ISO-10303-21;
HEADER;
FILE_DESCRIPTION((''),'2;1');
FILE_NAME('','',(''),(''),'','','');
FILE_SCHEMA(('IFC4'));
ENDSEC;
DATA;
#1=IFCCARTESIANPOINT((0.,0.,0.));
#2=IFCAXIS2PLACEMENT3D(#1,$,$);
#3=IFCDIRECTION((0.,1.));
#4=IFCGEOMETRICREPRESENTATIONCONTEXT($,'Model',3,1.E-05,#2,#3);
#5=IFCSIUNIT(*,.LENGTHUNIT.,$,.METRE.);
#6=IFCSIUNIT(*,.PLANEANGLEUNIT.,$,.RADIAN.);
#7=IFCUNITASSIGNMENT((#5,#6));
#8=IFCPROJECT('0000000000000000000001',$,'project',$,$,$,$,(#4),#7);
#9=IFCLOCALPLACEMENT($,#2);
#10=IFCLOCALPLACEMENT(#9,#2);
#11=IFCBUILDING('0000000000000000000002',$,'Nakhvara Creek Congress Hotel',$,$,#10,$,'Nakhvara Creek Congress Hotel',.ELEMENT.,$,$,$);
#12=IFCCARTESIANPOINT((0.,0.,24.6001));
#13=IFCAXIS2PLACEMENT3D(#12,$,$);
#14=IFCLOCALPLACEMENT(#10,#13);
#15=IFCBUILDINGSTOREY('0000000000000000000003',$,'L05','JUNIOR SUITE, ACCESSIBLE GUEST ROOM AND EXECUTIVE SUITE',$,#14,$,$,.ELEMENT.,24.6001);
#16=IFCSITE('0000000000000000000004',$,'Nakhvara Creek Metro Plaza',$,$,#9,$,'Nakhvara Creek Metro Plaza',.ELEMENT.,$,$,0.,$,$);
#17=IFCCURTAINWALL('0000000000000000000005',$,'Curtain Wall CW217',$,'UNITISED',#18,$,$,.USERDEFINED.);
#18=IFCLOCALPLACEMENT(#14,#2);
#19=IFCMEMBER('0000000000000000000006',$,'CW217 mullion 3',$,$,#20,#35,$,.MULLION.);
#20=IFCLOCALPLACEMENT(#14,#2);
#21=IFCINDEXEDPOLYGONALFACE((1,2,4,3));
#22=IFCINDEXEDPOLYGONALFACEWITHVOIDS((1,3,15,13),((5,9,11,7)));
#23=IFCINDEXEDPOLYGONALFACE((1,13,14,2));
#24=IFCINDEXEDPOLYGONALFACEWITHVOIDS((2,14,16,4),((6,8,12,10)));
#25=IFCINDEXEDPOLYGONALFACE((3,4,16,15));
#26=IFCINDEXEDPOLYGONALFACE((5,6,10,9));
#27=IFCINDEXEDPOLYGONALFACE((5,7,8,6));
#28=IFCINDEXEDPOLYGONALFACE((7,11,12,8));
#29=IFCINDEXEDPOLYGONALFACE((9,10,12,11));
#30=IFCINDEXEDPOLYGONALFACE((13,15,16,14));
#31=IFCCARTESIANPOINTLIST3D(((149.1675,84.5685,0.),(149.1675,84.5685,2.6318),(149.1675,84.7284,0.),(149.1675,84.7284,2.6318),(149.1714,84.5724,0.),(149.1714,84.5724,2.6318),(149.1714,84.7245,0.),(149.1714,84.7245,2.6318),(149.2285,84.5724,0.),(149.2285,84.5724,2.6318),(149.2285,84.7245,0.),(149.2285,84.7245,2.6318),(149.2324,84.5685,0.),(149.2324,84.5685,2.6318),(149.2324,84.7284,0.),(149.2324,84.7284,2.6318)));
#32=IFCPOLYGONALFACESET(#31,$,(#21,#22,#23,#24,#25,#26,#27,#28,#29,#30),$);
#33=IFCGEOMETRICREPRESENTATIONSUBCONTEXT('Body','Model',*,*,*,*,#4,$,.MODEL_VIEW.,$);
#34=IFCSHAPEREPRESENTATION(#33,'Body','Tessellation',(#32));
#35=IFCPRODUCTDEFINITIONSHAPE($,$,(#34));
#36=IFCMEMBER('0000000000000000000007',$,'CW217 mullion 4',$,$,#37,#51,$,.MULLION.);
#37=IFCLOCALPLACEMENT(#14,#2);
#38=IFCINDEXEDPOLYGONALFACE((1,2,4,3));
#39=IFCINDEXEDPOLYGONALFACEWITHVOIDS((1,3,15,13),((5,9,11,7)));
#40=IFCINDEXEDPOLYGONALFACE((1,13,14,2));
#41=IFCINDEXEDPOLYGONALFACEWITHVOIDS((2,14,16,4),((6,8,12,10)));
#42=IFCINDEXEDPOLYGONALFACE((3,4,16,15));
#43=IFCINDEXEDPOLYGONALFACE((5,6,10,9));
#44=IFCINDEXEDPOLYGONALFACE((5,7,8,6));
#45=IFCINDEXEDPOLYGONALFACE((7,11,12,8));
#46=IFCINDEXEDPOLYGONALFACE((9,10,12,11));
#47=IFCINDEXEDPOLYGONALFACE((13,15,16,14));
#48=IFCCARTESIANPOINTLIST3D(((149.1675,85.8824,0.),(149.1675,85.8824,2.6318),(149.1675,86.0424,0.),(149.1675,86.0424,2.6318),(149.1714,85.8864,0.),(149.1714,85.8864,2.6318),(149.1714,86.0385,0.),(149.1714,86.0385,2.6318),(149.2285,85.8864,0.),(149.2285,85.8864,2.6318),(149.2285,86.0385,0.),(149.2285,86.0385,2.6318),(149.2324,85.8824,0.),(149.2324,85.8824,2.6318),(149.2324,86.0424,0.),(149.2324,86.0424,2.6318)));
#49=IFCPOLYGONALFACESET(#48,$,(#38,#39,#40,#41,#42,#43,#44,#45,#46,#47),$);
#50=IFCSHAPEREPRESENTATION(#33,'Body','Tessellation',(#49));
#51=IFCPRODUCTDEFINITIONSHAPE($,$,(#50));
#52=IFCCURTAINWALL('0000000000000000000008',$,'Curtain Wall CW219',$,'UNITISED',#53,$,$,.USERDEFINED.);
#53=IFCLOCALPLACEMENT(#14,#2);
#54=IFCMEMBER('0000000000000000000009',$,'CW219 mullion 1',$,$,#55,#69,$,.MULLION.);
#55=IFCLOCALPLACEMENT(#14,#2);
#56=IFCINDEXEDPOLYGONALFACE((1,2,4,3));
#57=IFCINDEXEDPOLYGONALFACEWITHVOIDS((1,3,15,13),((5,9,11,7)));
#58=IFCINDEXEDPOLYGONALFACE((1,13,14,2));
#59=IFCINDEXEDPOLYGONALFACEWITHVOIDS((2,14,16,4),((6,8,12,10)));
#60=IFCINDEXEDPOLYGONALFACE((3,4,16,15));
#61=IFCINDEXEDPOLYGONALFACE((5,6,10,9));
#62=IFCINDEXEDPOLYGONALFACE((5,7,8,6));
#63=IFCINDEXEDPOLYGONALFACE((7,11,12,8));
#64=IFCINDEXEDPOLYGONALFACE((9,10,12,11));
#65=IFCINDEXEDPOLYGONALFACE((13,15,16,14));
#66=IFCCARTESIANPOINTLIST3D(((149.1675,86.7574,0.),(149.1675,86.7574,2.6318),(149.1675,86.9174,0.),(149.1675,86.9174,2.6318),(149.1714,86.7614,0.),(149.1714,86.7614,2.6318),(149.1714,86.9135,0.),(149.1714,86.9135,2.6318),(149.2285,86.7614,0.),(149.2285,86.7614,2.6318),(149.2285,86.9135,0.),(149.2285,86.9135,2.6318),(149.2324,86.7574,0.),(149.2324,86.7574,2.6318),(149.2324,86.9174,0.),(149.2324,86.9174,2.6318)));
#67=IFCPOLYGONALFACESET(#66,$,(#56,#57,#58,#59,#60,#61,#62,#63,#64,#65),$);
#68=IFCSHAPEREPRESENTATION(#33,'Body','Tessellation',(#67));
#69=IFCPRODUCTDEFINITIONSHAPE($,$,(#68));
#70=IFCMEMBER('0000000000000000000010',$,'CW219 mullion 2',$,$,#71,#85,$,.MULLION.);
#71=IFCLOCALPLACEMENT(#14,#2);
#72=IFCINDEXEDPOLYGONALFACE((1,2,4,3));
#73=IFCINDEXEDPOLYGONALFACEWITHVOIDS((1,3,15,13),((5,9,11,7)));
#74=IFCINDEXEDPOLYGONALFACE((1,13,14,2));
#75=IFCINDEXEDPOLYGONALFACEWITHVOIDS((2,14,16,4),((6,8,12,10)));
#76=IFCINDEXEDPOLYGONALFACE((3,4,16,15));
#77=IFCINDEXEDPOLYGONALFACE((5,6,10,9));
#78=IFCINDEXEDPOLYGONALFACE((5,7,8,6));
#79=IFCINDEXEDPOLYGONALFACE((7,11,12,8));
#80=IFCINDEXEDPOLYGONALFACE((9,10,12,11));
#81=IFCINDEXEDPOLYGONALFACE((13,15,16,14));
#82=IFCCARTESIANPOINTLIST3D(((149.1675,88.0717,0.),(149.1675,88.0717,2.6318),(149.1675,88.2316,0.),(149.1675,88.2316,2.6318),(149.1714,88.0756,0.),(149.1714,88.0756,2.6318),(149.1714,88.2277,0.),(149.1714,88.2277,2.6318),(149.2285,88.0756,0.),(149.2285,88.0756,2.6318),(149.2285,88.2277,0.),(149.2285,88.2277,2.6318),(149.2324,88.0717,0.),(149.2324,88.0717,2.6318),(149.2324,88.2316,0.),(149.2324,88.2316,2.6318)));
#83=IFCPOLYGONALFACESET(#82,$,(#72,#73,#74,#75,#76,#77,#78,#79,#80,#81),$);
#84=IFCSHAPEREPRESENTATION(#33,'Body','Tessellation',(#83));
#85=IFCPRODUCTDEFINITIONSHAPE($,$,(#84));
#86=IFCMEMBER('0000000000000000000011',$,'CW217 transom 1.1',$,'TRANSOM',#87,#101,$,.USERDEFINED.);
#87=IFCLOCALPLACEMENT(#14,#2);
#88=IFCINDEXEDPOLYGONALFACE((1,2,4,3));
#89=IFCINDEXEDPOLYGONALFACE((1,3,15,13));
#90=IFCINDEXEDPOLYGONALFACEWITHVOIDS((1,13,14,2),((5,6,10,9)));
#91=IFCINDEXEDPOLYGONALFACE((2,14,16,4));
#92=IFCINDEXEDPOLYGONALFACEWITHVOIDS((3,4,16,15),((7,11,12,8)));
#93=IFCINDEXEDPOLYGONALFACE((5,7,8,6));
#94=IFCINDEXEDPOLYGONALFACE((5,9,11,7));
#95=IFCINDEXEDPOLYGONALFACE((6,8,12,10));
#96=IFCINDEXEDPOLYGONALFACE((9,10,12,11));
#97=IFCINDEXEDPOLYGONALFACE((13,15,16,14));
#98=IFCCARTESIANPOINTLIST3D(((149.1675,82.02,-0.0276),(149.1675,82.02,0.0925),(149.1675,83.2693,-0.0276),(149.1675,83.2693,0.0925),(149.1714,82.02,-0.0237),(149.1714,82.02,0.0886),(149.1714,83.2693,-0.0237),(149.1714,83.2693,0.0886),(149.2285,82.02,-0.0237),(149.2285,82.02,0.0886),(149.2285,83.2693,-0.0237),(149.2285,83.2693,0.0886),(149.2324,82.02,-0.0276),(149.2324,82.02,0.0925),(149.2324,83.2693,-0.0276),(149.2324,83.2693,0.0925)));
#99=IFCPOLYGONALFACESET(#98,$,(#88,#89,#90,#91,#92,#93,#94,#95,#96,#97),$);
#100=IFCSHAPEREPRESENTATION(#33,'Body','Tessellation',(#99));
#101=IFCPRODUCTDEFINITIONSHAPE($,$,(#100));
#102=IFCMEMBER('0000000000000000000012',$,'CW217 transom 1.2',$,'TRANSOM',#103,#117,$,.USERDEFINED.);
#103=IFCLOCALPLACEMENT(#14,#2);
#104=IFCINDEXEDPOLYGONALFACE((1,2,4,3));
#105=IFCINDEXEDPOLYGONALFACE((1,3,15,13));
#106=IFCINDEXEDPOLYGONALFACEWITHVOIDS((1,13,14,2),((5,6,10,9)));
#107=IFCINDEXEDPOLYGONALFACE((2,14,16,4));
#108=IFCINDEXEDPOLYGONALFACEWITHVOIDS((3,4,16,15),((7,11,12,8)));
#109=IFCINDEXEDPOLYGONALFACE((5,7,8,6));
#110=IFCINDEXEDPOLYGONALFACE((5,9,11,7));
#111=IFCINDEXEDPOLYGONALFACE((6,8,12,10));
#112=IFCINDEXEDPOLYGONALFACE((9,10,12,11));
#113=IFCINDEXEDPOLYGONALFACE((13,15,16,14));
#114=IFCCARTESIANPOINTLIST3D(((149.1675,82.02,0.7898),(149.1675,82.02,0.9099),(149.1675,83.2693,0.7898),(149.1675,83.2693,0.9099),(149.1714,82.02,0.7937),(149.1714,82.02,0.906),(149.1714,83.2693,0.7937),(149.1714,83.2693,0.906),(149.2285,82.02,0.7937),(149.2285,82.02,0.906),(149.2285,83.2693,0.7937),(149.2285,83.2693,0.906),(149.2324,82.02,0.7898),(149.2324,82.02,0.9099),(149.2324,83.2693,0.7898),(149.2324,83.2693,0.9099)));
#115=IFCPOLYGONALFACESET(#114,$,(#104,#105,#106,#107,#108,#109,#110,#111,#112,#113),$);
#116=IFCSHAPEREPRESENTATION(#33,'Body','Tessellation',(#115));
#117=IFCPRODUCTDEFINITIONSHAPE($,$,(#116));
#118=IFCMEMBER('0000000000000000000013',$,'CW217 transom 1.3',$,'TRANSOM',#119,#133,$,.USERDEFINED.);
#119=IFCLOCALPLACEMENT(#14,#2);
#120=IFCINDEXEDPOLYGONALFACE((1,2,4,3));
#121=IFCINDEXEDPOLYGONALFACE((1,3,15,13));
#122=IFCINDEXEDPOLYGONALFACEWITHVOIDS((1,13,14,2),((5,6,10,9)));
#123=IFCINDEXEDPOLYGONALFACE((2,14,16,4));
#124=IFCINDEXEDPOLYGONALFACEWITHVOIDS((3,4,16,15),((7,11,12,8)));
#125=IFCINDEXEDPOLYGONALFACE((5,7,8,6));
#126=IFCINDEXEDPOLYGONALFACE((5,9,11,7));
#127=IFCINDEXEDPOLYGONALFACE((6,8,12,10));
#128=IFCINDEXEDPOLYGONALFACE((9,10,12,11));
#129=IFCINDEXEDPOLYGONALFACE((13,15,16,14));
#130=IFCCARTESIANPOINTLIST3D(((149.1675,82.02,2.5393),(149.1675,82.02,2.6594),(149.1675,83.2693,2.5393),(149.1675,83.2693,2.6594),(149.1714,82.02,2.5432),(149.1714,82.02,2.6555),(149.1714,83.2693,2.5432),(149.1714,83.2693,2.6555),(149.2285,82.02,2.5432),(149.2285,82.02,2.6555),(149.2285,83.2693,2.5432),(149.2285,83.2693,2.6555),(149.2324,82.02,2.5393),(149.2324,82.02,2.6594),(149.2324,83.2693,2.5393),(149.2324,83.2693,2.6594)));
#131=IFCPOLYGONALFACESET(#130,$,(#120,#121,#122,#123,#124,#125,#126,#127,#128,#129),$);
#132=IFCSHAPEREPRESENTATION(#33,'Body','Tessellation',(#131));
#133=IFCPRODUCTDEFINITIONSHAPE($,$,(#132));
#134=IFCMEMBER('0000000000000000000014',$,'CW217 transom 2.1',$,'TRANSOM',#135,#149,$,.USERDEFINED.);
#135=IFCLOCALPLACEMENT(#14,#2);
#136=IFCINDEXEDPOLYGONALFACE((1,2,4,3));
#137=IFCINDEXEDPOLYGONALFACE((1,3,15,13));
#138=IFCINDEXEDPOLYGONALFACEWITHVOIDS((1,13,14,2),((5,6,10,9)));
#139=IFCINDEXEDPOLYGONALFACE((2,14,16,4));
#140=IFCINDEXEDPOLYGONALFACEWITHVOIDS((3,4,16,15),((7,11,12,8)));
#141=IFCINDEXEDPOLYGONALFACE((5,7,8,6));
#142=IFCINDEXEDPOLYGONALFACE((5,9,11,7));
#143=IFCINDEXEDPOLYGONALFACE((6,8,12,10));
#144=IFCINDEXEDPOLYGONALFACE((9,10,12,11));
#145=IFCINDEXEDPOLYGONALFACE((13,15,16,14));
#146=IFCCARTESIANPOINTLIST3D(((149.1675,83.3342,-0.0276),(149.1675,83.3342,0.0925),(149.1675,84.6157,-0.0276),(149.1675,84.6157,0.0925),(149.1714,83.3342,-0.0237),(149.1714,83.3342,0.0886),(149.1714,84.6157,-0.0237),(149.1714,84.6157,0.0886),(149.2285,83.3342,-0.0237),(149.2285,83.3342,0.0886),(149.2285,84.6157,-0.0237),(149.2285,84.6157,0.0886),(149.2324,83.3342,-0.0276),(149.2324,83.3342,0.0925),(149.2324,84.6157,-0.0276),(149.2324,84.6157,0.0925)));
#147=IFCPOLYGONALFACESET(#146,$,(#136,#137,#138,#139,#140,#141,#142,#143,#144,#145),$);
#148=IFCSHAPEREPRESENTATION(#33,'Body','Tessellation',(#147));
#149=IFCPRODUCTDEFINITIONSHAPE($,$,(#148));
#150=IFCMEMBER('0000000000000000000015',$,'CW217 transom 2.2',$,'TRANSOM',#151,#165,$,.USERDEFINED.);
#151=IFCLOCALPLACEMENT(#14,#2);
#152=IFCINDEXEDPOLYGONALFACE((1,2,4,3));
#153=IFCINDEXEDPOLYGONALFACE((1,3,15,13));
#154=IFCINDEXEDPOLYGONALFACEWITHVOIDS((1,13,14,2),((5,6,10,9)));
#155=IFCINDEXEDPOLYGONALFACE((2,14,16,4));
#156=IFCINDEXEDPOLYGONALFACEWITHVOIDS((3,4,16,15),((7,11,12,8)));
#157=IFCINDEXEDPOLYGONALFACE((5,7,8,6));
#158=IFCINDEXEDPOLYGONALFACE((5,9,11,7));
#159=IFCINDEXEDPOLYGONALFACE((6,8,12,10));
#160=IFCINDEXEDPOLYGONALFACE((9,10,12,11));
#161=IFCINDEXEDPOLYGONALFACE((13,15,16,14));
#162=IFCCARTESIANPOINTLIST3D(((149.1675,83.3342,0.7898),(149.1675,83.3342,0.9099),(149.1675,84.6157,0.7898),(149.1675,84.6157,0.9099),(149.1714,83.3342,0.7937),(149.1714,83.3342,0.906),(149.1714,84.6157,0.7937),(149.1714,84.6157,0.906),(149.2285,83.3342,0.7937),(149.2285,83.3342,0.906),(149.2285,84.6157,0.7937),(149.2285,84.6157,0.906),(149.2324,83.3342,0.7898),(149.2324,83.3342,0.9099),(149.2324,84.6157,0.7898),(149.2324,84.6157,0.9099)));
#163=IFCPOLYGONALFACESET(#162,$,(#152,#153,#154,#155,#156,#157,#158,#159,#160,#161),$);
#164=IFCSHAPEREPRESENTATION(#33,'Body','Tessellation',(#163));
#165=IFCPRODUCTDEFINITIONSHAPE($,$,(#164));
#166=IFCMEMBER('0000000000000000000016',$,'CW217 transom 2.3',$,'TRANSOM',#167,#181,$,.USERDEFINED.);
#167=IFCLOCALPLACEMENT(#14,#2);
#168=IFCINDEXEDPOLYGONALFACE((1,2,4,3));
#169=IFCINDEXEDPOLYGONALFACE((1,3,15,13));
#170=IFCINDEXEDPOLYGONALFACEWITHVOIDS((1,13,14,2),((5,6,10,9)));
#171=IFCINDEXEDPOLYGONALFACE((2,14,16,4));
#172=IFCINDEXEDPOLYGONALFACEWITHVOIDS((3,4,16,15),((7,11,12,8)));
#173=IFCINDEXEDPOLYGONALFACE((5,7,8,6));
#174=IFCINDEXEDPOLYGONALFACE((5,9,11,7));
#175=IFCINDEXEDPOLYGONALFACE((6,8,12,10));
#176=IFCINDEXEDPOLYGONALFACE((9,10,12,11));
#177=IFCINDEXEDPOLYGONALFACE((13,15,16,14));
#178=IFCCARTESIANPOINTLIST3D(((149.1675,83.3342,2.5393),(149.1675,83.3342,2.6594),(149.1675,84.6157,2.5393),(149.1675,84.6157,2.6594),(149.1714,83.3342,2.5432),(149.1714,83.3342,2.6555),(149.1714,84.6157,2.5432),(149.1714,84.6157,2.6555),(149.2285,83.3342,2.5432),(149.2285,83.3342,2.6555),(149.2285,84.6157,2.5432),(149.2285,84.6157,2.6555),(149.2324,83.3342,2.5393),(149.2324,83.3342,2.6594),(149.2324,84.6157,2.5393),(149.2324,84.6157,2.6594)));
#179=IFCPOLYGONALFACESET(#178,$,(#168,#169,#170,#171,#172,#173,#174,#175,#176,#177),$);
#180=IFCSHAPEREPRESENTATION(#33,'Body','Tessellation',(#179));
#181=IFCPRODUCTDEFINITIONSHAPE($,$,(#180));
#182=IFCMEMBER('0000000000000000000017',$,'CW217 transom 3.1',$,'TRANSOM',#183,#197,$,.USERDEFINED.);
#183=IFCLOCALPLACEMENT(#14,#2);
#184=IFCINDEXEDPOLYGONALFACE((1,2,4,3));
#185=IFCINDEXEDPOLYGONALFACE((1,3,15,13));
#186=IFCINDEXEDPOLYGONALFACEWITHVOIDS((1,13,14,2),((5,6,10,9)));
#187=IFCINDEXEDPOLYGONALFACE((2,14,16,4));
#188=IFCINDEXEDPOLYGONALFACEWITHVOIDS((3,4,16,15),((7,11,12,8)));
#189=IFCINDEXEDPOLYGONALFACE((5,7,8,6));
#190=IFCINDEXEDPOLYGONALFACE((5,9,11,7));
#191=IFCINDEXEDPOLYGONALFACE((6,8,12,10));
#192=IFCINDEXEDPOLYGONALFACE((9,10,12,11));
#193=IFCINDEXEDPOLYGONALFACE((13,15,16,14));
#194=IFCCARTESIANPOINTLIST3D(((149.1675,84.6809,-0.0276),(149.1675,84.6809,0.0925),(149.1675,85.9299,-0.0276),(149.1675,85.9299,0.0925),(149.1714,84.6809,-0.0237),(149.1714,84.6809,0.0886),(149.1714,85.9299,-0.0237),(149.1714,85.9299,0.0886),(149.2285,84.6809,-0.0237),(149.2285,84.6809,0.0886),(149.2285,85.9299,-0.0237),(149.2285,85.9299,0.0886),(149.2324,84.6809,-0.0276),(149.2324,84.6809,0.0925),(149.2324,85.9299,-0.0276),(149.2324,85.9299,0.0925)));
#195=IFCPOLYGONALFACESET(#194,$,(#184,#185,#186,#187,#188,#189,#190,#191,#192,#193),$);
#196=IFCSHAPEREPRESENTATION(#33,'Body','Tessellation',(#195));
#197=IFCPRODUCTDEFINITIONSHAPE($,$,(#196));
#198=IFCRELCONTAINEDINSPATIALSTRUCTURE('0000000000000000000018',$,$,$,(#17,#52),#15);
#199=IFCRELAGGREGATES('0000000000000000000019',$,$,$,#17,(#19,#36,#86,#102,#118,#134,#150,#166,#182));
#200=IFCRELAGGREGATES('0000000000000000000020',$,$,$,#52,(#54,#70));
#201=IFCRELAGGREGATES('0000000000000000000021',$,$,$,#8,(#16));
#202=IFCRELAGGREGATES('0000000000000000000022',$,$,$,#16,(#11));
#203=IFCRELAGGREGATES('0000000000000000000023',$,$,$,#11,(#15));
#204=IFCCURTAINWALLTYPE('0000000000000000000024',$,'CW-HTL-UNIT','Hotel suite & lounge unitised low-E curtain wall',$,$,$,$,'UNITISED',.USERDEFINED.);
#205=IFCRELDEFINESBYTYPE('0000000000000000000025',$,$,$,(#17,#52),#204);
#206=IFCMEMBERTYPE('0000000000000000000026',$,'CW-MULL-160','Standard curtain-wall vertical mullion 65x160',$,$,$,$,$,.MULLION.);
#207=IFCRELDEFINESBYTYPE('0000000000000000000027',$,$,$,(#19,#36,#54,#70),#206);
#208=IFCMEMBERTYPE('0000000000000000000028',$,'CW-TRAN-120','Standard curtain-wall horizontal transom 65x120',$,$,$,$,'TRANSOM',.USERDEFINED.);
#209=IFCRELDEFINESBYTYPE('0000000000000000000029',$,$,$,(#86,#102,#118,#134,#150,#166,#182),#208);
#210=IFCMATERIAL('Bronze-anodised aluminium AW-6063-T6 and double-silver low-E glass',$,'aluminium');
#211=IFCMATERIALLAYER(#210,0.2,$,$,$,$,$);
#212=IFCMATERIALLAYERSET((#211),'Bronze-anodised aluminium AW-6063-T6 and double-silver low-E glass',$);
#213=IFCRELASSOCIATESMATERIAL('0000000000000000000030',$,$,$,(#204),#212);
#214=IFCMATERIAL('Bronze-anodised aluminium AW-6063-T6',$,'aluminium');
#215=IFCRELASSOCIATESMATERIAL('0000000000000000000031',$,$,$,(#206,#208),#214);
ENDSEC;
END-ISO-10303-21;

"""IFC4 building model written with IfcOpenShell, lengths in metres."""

from ifc_helpers import new_model, si_unit, direction, frame, origin, origin_2d, place, context, subcontext, project, spatial, hollow_rectangle, extrude, material, layer, layer_set, material_profile, profile_set, type_object, element, aggregate, save


model = new_model("IFC4")

# Units and contexts
model_context = context("Model", 3, precision=1e-05, world=origin(), true_north=direction((0.0, 1.0)))
body_context = subcontext(model_context, "Body", "Model", "MODEL_VIEW")
ifc_project = project(units=[si_unit("LENGTHUNIT", "METRE"), si_unit("PLANEANGLEUNIT", "RADIAN")], contexts=[model_context])

# Site, building, storey
site_placement = place(None, origin())
site = spatial("IfcSite", under=ifc_project, at=site_placement, Name="Nakhvara Creek Metro Plaza", LongName="Nakhvara Creek Metro Plaza", CompositionType="ELEMENT", RefElevation=0.0)
building_placement = place(site_placement, origin())
building = spatial("IfcBuilding", under=site, at=building_placement, Name="Nakhvara Creek Congress Hotel", LongName="Nakhvara Creek Congress Hotel", CompositionType="ELEMENT")
storey_placement = place(building_placement, frame((0.0, 0.0, 24.6001)))
storey = spatial("IfcBuildingStorey", under=building, at=storey_placement, Name="L05", Description="JUNIOR SUITE, ACCESSIBLE GUEST ROOM AND EXECUTIVE SUITE", CompositionType="ELEMENT", Elevation=24.6001)

# Curtain walls, members
ifc_material_1 = material(Name="Bronze-anodised aluminium AW-6063-T6 and double-silver low-E glass", Category="aluminium")
ifc_layer = layer(ifc_material_1, 0.2)
ifc_layer_set = layer_set([ifc_layer], Name="Bronze-anodised aluminium AW-6063-T6 and double-silver low-E glass")
curtain_wall_type = type_object("IfcCurtainWallType", Name="CW-HTL-UNIT", Description="Hotel suite & lounge unitised low-E curtain wall", ElementType="UNITISED", PredefinedType="USERDEFINED", material=ifc_layer_set)
curtain_wall_1_placement = place(storey_placement, origin())
curtain_wall_1 = element("IfcCurtainWall", 1, at=curtain_wall_1_placement, inside=storey, type_object=curtain_wall_type, Name="Curtain Wall CW217", ObjectType="UNITISED", PredefinedType="USERDEFINED")
ifc_material_2 = material(Name="Bronze-anodised aluminium AW-6063-T6", Category="aluminium")
ifc_material_profile_1 = material_profile(ifc_material_2, hollow_rectangle(XDim=0.0649, YDim=0.1599, WallThickness=0.0039, at=origin_2d()), Name="ALU-MULL 65x160x4", Category="LoadBearing")
ifc_profile_set_1 = profile_set([ifc_material_profile_1], Name="Bronze-anodised aluminium AW-6063-T6")
member_type_1 = type_object("IfcMemberType", Name="CW-MULL-160", Description="Standard curtain-wall vertical mullion 65x160", PredefinedType="MULLION", material=ifc_profile_set_1)
member_1_placement = place(storey_placement, frame((149.2, 84.6484, 0.0), z_axis=(0.0, 0.0, 1.0), x_axis=(-1.0, 0.0, 0.0)))
member_1 = element("IfcMember", 2, at=member_1_placement, type_object=member_type_1, Name="CW217 mullion 3", PredefinedType="MULLION", context=body_context, shape_type="SweptSolid", body=[
    extrude(hollow_rectangle(XDim=0.0649, YDim=0.1599, WallThickness=0.0039, at=origin_2d()), origin(), (0.0, 0.0, 1.0), 2.6318),
])
member_2_placement = place(storey_placement, frame((149.2, 85.9624, 0.0), z_axis=(0.0, 0.0, 1.0), x_axis=(-1.0, 0.0, 0.0)))
member_2 = element("IfcMember", 3, at=member_2_placement, type_object=member_type_1, Name="CW217 mullion 4", PredefinedType="MULLION", context=body_context, shape_type="SweptSolid", body=[
    extrude(hollow_rectangle(XDim=0.0649, YDim=0.1599, WallThickness=0.0039, at=origin_2d()), origin(), (0.0, 0.0, 1.0), 2.6318),
])
curtain_wall_2_placement = place(storey_placement, origin())
curtain_wall_2 = element("IfcCurtainWall", 4, at=curtain_wall_2_placement, inside=storey, type_object=curtain_wall_type, Name="Curtain Wall CW219", ObjectType="UNITISED", PredefinedType="USERDEFINED")
member_3_placement = place(storey_placement, frame((149.2, 86.8374, 0.0), z_axis=(0.0, 0.0, 1.0), x_axis=(-1.0, 0.0, 0.0)))
member_3 = element("IfcMember", 5, at=member_3_placement, type_object=member_type_1, Name="CW219 mullion 1", PredefinedType="MULLION", context=body_context, shape_type="SweptSolid", body=[
    extrude(hollow_rectangle(XDim=0.0649, YDim=0.1599, WallThickness=0.0039, at=origin_2d()), origin(), (0.0, 0.0, 1.0), 2.6318),
])
member_4_placement = place(storey_placement, frame((149.2, 88.1516, 0.0), z_axis=(0.0, 0.0, 1.0), x_axis=(-1.0, 0.0, 0.0)))
member_4 = element("IfcMember", 6, at=member_4_placement, type_object=member_type_1, Name="CW219 mullion 2", PredefinedType="MULLION", context=body_context, shape_type="SweptSolid", body=[
    extrude(hollow_rectangle(XDim=0.0649, YDim=0.1599, WallThickness=0.0039, at=origin_2d()), origin(), (0.0, 0.0, 1.0), 2.6318),
])

# Members
ifc_material_profile_2 = material_profile(ifc_material_2, hollow_rectangle(XDim=0.0649, YDim=0.1201, WallThickness=0.0039, at=origin_2d()), Name="ALU-TRAN 65x120x4", Category="LoadBearing")
ifc_profile_set_2 = profile_set([ifc_material_profile_2], Name="Bronze-anodised aluminium AW-6063-T6")
member_type_2 = type_object("IfcMemberType", Name="CW-TRAN-120", Description="Standard curtain-wall horizontal transom 65x120", ElementType="TRANSOM", PredefinedType="USERDEFINED", material=ifc_profile_set_2)
member_5_placement = place(storey_placement, frame((149.2, 82.02, 0.0325), z_axis=(0.0, 1.0, 0.0), x_axis=(-1.0, 0.0, 0.0)))
member_5 = element("IfcMember", 7, at=member_5_placement, type_object=member_type_2, Name="CW217 transom 1.1", ObjectType="TRANSOM", PredefinedType="USERDEFINED", context=body_context, shape_type="SweptSolid", body=[
    extrude(hollow_rectangle(XDim=0.0649, YDim=0.1201, WallThickness=0.0039, at=origin_2d()), origin(), (0.0, 0.0, 1.0), 1.2493),
])
member_6_placement = place(storey_placement, frame((149.2, 82.02, 0.8499), z_axis=(0.0, 1.0, 0.0), x_axis=(-1.0, 0.0, 0.0)))
member_6 = element("IfcMember", 8, at=member_6_placement, type_object=member_type_2, Name="CW217 transom 1.2", ObjectType="TRANSOM", PredefinedType="USERDEFINED", context=body_context, shape_type="SweptSolid", body=[
    extrude(hollow_rectangle(XDim=0.0649, YDim=0.1201, WallThickness=0.0039, at=origin_2d()), origin(), (0.0, 0.0, 1.0), 1.2493),
])
member_7_placement = place(storey_placement, frame((149.2, 82.02, 2.5994), z_axis=(0.0, 1.0, 0.0), x_axis=(-1.0, 0.0, 0.0)))
member_7 = element("IfcMember", 9, at=member_7_placement, type_object=member_type_2, Name="CW217 transom 1.3", ObjectType="TRANSOM", PredefinedType="USERDEFINED", context=body_context, shape_type="SweptSolid", body=[
    extrude(hollow_rectangle(XDim=0.0649, YDim=0.1201, WallThickness=0.0039, at=origin_2d()), origin(), (0.0, 0.0, 1.0), 1.2493),
])
member_8_placement = place(storey_placement, frame((149.2, 83.3342, 0.0325), z_axis=(0.0, 1.0, 0.0), x_axis=(-1.0, 0.0, 0.0)))
member_8 = element("IfcMember", 10, at=member_8_placement, type_object=member_type_2, Name="CW217 transom 2.1", ObjectType="TRANSOM", PredefinedType="USERDEFINED", context=body_context, shape_type="SweptSolid", body=[
    extrude(hollow_rectangle(XDim=0.0649, YDim=0.1201, WallThickness=0.0039, at=origin_2d()), origin(), (0.0, 0.0, 1.0), 1.2815),
])
member_9_placement = place(storey_placement, frame((149.2, 83.3342, 0.8499), z_axis=(0.0, 1.0, 0.0), x_axis=(-1.0, 0.0, 0.0)))
member_9 = element("IfcMember", 11, at=member_9_placement, type_object=member_type_2, Name="CW217 transom 2.2", ObjectType="TRANSOM", PredefinedType="USERDEFINED", context=body_context, shape_type="SweptSolid", body=[
    extrude(hollow_rectangle(XDim=0.0649, YDim=0.1201, WallThickness=0.0039, at=origin_2d()), origin(), (0.0, 0.0, 1.0), 1.2815),
])
member_10_placement = place(storey_placement, frame((149.2, 83.3342, 2.5994), z_axis=(0.0, 1.0, 0.0), x_axis=(-1.0, 0.0, 0.0)))
member_10 = element("IfcMember", 12, at=member_10_placement, type_object=member_type_2, Name="CW217 transom 2.3", ObjectType="TRANSOM", PredefinedType="USERDEFINED", context=body_context, shape_type="SweptSolid", body=[
    extrude(hollow_rectangle(XDim=0.0649, YDim=0.1201, WallThickness=0.0039, at=origin_2d()), origin(), (0.0, 0.0, 1.0), 1.2815),
])
member_11_placement = place(storey_placement, frame((149.2, 84.6809, 0.0325), z_axis=(0.0, 1.0, 0.0), x_axis=(-1.0, 0.0, 0.0)))
member_11 = element("IfcMember", 13, at=member_11_placement, type_object=member_type_2, Name="CW217 transom 3.1", ObjectType="TRANSOM", PredefinedType="USERDEFINED", context=body_context, shape_type="SweptSolid", body=[
    extrude(hollow_rectangle(XDim=0.0649, YDim=0.1201, WallThickness=0.0039, at=origin_2d()), origin(), (0.0, 0.0, 1.0), 1.249),
])

aggregate(curtain_wall_1, [member_1, member_2, member_5, member_6, member_7, member_8, member_9, member_10, member_11])
aggregate(curtain_wall_2, [member_3, member_4])

save(model, "model.ifc")
